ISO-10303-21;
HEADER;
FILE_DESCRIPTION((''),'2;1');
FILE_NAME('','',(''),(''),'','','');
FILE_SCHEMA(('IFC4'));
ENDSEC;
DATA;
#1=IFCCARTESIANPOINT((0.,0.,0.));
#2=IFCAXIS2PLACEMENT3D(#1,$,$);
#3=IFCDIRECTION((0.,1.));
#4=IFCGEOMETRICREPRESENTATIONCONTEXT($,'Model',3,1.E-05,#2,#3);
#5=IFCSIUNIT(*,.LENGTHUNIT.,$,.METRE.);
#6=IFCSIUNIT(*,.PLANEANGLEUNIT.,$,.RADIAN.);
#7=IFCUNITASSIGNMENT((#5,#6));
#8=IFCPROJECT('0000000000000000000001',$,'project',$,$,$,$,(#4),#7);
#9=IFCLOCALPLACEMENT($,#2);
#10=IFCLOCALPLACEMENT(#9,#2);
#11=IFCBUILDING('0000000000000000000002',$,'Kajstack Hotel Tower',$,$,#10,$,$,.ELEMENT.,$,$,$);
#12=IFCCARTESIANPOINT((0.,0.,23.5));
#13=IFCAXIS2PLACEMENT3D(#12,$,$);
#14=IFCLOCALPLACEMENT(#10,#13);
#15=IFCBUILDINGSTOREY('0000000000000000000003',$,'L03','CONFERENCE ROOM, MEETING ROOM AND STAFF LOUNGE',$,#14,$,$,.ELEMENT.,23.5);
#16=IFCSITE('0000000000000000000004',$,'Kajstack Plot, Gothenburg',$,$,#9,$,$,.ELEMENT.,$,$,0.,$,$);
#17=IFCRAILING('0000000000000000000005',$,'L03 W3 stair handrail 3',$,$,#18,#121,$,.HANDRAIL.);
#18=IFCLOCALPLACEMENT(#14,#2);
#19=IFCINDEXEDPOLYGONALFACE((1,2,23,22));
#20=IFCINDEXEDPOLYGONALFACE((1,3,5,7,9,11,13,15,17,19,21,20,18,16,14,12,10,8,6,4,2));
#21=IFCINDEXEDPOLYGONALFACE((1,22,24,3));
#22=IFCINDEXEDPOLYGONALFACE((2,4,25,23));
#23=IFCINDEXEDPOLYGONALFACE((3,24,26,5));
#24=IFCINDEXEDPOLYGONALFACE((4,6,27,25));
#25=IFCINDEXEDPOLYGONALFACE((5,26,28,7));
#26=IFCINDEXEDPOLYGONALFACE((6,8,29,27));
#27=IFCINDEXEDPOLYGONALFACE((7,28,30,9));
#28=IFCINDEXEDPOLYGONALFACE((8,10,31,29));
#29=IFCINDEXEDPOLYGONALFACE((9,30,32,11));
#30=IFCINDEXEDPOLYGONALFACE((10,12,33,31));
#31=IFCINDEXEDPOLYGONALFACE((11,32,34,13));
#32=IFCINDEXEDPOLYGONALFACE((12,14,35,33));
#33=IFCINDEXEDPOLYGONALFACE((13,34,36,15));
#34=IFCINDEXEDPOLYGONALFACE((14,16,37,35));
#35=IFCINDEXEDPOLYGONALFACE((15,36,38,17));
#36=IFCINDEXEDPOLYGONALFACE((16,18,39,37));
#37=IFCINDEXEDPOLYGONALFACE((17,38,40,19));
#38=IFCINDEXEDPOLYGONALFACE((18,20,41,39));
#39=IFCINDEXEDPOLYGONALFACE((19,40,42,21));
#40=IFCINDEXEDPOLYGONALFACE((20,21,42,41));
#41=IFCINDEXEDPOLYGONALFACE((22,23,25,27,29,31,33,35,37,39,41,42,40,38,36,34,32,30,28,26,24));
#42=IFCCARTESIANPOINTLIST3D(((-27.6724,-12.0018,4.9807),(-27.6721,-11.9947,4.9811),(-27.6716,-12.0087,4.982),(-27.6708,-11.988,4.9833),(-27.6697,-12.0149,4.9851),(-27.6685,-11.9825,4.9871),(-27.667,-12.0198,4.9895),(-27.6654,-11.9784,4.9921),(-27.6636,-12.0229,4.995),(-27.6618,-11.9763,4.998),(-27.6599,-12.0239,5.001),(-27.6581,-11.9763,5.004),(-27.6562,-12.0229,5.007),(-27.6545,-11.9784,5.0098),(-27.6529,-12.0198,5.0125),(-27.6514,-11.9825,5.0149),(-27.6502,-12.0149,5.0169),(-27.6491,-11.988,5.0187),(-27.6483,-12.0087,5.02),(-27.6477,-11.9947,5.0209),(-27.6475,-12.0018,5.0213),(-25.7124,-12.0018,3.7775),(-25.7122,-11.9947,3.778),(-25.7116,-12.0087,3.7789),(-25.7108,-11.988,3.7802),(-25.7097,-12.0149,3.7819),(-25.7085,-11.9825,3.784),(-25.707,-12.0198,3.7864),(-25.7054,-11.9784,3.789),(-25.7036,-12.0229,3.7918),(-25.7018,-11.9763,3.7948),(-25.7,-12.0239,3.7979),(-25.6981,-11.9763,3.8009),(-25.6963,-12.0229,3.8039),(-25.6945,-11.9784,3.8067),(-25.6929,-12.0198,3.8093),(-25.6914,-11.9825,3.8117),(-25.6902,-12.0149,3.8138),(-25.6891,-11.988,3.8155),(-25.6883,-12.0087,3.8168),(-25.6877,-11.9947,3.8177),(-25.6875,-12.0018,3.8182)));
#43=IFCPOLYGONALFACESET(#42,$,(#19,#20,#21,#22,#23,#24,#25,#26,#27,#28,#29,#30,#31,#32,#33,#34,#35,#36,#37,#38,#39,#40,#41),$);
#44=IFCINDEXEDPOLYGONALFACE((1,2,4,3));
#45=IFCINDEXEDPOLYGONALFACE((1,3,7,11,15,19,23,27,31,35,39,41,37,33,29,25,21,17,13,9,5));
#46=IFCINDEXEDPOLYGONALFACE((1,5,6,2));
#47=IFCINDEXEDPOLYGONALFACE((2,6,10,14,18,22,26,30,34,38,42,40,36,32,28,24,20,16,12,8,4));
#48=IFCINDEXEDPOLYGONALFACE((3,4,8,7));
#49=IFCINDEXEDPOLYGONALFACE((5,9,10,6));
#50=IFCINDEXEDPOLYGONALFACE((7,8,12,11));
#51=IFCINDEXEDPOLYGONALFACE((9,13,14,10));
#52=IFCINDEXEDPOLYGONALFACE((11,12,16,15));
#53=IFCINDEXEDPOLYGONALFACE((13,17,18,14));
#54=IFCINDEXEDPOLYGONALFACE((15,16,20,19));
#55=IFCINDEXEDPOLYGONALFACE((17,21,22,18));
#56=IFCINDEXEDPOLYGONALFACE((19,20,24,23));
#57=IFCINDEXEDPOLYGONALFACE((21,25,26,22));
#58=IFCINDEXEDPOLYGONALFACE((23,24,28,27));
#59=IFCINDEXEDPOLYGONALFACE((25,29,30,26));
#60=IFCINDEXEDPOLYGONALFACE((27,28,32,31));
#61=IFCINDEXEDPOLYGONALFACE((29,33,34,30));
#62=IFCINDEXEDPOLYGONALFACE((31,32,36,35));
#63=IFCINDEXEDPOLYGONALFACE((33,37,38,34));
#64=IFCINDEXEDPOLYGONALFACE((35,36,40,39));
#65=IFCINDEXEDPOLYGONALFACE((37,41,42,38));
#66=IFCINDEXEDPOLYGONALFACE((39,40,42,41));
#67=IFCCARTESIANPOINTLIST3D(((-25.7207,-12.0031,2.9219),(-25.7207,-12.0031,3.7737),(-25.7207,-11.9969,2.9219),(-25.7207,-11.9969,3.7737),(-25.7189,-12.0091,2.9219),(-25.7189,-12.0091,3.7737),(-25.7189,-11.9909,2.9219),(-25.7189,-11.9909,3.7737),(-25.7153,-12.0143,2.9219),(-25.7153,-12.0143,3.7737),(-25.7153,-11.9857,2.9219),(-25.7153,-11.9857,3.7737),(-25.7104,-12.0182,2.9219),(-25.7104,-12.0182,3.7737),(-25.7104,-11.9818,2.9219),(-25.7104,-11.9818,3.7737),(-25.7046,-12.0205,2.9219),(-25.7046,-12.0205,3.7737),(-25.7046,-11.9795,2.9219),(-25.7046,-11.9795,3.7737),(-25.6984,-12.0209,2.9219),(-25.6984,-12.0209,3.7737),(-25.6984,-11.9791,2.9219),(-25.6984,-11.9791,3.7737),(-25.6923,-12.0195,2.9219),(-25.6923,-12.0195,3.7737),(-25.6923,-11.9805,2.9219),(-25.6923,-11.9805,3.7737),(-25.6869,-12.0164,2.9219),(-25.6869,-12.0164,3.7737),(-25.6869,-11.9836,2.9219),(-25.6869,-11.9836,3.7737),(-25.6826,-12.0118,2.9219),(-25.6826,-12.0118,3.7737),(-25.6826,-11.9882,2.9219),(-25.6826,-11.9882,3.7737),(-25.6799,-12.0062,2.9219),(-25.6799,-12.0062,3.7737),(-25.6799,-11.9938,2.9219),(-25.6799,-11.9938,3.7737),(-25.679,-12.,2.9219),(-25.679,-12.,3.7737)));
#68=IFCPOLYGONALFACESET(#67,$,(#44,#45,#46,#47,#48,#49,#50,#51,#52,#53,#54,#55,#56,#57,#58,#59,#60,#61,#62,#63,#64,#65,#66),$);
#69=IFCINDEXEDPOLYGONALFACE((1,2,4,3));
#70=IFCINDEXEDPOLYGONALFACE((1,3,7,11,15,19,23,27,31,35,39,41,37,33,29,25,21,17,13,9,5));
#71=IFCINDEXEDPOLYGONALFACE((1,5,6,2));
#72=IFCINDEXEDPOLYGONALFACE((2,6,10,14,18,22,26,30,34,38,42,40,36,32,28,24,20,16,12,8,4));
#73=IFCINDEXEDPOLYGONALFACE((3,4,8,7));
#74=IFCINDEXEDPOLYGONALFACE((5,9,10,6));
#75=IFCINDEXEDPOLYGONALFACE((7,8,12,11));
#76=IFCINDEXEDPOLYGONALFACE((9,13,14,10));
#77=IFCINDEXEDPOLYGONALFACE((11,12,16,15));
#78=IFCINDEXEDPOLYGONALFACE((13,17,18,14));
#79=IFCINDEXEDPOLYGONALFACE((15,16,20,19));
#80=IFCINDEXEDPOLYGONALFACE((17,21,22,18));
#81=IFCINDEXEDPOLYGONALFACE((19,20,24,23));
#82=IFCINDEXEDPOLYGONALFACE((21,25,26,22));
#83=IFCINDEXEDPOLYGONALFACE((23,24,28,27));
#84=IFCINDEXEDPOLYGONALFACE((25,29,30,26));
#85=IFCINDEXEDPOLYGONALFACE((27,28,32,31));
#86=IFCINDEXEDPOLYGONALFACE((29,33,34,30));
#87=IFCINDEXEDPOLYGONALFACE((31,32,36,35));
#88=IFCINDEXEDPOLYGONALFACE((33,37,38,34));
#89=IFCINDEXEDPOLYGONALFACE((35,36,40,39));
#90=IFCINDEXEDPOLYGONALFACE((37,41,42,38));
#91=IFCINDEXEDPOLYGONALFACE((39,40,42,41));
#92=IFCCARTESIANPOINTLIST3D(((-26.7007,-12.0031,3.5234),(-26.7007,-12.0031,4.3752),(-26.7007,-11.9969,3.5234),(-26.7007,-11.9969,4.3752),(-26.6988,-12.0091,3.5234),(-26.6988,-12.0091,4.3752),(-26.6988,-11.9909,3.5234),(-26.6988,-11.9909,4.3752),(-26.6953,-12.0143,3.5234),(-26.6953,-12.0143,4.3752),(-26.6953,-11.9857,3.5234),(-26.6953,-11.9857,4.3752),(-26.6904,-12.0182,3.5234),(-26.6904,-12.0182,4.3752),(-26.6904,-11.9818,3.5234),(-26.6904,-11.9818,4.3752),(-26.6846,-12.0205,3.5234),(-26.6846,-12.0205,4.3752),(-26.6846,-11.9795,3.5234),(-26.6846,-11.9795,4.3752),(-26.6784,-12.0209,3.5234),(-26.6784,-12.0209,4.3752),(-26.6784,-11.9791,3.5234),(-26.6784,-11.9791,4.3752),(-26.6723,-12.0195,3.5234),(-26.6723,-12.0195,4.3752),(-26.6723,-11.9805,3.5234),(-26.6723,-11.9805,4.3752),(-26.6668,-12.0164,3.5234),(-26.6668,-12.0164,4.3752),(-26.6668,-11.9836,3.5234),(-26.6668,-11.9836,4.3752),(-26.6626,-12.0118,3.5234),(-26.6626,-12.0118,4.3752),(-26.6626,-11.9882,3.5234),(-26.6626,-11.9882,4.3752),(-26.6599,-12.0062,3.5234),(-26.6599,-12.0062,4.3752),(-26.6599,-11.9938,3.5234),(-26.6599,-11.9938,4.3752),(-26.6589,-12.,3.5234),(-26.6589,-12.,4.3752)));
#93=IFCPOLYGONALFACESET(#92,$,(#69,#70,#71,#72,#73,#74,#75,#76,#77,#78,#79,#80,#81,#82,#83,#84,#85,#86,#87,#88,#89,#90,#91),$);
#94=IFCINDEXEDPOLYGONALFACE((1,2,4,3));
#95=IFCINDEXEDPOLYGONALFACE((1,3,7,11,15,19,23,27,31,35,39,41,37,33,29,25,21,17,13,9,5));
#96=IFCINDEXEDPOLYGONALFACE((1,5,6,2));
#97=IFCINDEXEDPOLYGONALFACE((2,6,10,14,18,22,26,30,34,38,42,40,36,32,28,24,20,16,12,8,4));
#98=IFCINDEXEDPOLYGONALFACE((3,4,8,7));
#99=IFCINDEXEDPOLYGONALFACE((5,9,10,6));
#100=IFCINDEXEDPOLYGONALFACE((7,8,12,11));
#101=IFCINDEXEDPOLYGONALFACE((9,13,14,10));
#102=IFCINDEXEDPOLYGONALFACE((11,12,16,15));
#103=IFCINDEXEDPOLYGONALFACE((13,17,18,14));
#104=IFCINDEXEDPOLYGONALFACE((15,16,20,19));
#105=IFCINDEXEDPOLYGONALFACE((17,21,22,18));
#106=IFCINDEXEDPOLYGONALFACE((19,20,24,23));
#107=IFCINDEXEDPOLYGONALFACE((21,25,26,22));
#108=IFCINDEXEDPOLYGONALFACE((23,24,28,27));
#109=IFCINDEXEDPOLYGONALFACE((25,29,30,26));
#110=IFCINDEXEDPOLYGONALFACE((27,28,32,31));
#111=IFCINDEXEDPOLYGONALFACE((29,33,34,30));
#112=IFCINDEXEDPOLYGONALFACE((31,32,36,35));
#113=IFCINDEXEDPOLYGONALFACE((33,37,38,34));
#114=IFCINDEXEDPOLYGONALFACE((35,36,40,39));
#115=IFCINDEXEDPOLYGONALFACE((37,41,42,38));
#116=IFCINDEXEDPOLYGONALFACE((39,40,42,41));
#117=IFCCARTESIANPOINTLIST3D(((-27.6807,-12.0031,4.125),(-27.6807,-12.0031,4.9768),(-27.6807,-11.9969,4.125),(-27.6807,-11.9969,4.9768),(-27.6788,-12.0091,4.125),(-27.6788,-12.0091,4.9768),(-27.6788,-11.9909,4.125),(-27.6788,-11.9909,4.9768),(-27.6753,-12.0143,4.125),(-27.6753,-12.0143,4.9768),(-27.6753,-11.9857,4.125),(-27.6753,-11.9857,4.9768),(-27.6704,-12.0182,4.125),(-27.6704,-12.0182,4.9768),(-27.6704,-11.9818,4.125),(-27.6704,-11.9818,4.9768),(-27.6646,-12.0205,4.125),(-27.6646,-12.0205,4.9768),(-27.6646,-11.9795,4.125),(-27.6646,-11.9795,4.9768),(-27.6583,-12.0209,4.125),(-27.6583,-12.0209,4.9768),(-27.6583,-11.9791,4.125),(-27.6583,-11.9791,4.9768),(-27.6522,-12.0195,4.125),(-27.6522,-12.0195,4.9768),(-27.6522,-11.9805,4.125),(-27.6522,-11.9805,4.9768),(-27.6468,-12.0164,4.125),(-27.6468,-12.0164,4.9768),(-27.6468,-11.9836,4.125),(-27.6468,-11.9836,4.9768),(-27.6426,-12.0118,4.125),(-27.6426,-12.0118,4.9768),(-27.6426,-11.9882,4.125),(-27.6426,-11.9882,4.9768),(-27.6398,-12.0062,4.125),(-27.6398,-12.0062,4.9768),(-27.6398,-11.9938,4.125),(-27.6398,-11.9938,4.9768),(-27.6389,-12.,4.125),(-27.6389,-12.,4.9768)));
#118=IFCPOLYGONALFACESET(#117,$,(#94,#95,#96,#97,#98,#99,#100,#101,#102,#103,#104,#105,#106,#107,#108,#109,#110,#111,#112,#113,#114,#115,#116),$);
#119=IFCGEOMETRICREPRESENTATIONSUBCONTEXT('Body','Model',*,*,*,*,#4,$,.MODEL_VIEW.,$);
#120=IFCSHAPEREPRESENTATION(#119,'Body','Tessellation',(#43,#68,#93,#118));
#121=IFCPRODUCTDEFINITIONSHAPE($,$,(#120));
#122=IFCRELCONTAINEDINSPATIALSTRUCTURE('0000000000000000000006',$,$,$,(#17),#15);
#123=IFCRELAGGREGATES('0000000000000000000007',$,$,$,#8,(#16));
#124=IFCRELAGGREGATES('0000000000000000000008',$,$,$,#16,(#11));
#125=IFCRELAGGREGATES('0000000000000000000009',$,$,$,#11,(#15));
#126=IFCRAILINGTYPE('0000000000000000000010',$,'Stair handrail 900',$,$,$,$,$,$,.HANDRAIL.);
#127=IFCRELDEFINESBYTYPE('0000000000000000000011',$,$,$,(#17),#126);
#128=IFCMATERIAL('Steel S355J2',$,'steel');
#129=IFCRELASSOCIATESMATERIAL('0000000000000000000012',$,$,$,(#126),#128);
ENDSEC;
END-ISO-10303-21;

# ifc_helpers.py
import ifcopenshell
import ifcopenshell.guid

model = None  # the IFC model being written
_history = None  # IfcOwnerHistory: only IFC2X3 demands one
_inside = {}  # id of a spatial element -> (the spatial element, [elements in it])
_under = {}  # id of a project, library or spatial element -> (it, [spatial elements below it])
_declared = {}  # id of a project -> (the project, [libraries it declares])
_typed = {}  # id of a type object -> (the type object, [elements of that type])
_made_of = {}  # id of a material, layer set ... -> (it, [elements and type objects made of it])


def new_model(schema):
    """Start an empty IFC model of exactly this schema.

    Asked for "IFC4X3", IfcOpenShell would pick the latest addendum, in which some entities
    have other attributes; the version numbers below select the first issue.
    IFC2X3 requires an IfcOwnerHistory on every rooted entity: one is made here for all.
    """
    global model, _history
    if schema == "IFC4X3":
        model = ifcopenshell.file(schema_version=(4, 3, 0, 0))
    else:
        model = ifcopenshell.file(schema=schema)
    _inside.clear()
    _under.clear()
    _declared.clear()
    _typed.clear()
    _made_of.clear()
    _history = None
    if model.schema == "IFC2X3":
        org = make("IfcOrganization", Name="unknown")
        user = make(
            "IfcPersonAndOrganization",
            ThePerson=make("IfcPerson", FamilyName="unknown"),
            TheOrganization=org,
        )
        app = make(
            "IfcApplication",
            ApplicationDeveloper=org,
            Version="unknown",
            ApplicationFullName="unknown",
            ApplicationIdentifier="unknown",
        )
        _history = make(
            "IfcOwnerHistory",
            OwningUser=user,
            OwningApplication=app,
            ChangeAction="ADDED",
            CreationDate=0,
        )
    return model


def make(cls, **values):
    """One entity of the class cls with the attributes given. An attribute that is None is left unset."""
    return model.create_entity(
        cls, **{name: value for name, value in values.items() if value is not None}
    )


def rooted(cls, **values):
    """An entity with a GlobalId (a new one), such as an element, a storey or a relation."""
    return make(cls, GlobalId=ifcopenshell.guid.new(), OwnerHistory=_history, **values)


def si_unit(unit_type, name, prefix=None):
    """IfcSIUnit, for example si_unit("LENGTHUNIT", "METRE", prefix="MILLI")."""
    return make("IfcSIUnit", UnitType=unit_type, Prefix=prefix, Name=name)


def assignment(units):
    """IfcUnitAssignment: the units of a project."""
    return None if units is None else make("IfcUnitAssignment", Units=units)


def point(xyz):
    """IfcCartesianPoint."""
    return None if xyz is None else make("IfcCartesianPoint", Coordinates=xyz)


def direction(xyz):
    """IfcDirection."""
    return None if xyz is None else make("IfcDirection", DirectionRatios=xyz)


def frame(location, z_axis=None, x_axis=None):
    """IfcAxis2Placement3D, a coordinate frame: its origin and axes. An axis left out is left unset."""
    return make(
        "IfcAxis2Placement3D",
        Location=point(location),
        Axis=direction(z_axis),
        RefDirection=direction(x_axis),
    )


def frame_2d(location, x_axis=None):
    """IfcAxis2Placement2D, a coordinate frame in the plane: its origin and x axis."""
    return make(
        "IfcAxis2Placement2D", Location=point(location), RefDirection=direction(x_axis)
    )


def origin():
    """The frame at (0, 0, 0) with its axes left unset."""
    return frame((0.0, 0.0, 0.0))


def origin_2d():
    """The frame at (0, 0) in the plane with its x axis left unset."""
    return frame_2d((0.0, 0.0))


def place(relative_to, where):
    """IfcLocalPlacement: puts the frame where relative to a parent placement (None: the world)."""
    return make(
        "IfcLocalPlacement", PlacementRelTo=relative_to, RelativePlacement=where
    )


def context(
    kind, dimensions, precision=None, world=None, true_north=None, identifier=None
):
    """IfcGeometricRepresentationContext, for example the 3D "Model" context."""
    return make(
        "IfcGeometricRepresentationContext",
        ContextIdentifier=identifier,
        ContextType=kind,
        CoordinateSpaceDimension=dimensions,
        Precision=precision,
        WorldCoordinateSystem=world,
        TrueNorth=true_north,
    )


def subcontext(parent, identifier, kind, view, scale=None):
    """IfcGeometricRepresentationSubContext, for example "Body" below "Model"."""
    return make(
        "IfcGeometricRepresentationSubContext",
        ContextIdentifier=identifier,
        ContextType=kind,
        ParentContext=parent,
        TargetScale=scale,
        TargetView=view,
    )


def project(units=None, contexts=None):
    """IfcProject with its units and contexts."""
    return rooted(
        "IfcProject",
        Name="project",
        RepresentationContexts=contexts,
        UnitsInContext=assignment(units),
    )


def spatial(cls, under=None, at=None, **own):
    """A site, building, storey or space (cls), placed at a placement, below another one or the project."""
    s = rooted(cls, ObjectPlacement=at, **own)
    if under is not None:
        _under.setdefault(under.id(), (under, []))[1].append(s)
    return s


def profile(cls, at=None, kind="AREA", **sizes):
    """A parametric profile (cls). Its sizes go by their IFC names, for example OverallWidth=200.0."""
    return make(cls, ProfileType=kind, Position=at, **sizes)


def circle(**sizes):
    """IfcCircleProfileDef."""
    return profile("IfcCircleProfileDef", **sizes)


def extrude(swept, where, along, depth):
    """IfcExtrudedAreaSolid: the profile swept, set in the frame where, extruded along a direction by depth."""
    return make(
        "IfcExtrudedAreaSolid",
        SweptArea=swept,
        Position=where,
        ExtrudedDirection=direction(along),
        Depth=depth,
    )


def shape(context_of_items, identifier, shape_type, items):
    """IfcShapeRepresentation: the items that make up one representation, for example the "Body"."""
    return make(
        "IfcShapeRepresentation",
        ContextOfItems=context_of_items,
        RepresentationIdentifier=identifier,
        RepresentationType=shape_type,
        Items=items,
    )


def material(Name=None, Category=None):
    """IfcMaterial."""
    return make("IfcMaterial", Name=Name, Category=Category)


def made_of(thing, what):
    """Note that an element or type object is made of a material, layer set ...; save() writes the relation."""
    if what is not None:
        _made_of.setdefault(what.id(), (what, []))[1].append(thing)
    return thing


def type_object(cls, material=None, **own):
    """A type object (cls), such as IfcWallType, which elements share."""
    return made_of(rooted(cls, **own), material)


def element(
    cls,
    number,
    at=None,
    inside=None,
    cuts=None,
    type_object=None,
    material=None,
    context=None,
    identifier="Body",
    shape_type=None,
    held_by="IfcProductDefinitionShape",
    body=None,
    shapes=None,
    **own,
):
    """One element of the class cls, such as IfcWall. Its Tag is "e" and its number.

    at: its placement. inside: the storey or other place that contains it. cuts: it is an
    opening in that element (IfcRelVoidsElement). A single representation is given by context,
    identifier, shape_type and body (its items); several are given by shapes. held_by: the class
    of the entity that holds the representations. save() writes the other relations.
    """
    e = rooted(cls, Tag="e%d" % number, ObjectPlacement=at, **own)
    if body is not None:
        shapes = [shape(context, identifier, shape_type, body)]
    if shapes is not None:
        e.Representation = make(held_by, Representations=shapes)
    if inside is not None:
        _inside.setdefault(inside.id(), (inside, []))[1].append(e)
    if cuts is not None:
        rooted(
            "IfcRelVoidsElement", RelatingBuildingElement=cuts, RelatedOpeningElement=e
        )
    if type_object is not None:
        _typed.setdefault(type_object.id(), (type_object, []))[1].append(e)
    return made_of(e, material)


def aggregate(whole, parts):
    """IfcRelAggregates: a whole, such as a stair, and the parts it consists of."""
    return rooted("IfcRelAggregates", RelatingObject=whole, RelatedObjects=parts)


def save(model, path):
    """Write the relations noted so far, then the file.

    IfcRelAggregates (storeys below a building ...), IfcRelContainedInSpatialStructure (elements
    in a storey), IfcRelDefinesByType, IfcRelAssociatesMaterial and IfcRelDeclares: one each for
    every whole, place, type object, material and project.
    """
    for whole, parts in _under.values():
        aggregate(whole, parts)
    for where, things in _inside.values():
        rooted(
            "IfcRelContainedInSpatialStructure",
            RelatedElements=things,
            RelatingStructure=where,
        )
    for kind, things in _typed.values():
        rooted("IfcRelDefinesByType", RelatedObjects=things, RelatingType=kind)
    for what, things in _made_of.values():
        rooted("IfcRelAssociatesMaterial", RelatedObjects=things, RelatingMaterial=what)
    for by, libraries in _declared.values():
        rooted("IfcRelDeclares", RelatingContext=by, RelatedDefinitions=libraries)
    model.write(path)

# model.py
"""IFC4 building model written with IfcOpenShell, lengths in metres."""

from ifc_helpers import new_model, si_unit, direction, frame, origin, origin_2d, place, context, subcontext, project, spatial, circle, extrude, material, type_object, element, save


model = new_model("IFC4")

# Units and contexts
model_context = context("Model", 3, precision=1e-05, world=origin(), true_north=direction((0.0, 1.0)))
body_context = subcontext(model_context, "Body", "Model", "MODEL_VIEW")
ifc_project = project(units=[si_unit("LENGTHUNIT", "METRE"), si_unit("PLANEANGLEUNIT", "RADIAN")], contexts=[model_context])

# Site, building, storey
site_placement = place(None, origin())
site = spatial("IfcSite", under=ifc_project, at=site_placement, Name="Kajstack Plot, Gothenburg", CompositionType="ELEMENT", RefElevation=0.0)
building_placement = place(site_placement, origin())
building = spatial("IfcBuilding", under=site, at=building_placement, Name="Kajstack Hotel Tower", CompositionType="ELEMENT")
storey_placement = place(building_placement, frame((0.0, 0.0, 23.5)))
storey = spatial("IfcBuildingStorey", under=building, at=storey_placement, Name="L03", Description="CONFERENCE ROOM, MEETING ROOM AND STAFF LOUNGE", CompositionType="ELEMENT", Elevation=23.5)

# Railing
ifc_material_1 = material(Name="Steel S355J2", Category="steel")
railing_type_1 = type_object("IfcRailingType", Name="Stair handrail 900", PredefinedType="HANDRAIL", material=ifc_material_1)
railing_1_placement = place(storey_placement, frame((-25.7, -12.0, 2.9219)))
element("IfcRailing", 1, at=railing_1_placement, inside=storey, type_object=railing_type_1, Name="L03 W3 stair handrail 3", PredefinedType="HANDRAIL", context=body_context, shape_type="SweptSolid", body=[
    extrude(circle(Radius=0.0239, at=origin_2d()), frame((0.0, 0.0, 0.876), z_axis=(-0.852241, 0.0, 0.523149), x_axis=(0.0, -1.0, 0.0)), (0.0, 0.0, 1.0), 2.2998),
    extrude(circle(Radius=0.021, at=origin_2d()), origin(), (0.0, 0.0, 1.0), 0.8518),
    extrude(circle(Radius=0.021, at=origin_2d()), frame((-0.98, 0.0, 0.6016)), (0.0, 0.0, 1.0), 0.8518),
    extrude(circle(Radius=0.021, at=origin_2d()), frame((-1.96, 0.0, 1.2031)), (0.0, 0.0, 1.0), 0.8518),
])

save(model, "model.ifc")
